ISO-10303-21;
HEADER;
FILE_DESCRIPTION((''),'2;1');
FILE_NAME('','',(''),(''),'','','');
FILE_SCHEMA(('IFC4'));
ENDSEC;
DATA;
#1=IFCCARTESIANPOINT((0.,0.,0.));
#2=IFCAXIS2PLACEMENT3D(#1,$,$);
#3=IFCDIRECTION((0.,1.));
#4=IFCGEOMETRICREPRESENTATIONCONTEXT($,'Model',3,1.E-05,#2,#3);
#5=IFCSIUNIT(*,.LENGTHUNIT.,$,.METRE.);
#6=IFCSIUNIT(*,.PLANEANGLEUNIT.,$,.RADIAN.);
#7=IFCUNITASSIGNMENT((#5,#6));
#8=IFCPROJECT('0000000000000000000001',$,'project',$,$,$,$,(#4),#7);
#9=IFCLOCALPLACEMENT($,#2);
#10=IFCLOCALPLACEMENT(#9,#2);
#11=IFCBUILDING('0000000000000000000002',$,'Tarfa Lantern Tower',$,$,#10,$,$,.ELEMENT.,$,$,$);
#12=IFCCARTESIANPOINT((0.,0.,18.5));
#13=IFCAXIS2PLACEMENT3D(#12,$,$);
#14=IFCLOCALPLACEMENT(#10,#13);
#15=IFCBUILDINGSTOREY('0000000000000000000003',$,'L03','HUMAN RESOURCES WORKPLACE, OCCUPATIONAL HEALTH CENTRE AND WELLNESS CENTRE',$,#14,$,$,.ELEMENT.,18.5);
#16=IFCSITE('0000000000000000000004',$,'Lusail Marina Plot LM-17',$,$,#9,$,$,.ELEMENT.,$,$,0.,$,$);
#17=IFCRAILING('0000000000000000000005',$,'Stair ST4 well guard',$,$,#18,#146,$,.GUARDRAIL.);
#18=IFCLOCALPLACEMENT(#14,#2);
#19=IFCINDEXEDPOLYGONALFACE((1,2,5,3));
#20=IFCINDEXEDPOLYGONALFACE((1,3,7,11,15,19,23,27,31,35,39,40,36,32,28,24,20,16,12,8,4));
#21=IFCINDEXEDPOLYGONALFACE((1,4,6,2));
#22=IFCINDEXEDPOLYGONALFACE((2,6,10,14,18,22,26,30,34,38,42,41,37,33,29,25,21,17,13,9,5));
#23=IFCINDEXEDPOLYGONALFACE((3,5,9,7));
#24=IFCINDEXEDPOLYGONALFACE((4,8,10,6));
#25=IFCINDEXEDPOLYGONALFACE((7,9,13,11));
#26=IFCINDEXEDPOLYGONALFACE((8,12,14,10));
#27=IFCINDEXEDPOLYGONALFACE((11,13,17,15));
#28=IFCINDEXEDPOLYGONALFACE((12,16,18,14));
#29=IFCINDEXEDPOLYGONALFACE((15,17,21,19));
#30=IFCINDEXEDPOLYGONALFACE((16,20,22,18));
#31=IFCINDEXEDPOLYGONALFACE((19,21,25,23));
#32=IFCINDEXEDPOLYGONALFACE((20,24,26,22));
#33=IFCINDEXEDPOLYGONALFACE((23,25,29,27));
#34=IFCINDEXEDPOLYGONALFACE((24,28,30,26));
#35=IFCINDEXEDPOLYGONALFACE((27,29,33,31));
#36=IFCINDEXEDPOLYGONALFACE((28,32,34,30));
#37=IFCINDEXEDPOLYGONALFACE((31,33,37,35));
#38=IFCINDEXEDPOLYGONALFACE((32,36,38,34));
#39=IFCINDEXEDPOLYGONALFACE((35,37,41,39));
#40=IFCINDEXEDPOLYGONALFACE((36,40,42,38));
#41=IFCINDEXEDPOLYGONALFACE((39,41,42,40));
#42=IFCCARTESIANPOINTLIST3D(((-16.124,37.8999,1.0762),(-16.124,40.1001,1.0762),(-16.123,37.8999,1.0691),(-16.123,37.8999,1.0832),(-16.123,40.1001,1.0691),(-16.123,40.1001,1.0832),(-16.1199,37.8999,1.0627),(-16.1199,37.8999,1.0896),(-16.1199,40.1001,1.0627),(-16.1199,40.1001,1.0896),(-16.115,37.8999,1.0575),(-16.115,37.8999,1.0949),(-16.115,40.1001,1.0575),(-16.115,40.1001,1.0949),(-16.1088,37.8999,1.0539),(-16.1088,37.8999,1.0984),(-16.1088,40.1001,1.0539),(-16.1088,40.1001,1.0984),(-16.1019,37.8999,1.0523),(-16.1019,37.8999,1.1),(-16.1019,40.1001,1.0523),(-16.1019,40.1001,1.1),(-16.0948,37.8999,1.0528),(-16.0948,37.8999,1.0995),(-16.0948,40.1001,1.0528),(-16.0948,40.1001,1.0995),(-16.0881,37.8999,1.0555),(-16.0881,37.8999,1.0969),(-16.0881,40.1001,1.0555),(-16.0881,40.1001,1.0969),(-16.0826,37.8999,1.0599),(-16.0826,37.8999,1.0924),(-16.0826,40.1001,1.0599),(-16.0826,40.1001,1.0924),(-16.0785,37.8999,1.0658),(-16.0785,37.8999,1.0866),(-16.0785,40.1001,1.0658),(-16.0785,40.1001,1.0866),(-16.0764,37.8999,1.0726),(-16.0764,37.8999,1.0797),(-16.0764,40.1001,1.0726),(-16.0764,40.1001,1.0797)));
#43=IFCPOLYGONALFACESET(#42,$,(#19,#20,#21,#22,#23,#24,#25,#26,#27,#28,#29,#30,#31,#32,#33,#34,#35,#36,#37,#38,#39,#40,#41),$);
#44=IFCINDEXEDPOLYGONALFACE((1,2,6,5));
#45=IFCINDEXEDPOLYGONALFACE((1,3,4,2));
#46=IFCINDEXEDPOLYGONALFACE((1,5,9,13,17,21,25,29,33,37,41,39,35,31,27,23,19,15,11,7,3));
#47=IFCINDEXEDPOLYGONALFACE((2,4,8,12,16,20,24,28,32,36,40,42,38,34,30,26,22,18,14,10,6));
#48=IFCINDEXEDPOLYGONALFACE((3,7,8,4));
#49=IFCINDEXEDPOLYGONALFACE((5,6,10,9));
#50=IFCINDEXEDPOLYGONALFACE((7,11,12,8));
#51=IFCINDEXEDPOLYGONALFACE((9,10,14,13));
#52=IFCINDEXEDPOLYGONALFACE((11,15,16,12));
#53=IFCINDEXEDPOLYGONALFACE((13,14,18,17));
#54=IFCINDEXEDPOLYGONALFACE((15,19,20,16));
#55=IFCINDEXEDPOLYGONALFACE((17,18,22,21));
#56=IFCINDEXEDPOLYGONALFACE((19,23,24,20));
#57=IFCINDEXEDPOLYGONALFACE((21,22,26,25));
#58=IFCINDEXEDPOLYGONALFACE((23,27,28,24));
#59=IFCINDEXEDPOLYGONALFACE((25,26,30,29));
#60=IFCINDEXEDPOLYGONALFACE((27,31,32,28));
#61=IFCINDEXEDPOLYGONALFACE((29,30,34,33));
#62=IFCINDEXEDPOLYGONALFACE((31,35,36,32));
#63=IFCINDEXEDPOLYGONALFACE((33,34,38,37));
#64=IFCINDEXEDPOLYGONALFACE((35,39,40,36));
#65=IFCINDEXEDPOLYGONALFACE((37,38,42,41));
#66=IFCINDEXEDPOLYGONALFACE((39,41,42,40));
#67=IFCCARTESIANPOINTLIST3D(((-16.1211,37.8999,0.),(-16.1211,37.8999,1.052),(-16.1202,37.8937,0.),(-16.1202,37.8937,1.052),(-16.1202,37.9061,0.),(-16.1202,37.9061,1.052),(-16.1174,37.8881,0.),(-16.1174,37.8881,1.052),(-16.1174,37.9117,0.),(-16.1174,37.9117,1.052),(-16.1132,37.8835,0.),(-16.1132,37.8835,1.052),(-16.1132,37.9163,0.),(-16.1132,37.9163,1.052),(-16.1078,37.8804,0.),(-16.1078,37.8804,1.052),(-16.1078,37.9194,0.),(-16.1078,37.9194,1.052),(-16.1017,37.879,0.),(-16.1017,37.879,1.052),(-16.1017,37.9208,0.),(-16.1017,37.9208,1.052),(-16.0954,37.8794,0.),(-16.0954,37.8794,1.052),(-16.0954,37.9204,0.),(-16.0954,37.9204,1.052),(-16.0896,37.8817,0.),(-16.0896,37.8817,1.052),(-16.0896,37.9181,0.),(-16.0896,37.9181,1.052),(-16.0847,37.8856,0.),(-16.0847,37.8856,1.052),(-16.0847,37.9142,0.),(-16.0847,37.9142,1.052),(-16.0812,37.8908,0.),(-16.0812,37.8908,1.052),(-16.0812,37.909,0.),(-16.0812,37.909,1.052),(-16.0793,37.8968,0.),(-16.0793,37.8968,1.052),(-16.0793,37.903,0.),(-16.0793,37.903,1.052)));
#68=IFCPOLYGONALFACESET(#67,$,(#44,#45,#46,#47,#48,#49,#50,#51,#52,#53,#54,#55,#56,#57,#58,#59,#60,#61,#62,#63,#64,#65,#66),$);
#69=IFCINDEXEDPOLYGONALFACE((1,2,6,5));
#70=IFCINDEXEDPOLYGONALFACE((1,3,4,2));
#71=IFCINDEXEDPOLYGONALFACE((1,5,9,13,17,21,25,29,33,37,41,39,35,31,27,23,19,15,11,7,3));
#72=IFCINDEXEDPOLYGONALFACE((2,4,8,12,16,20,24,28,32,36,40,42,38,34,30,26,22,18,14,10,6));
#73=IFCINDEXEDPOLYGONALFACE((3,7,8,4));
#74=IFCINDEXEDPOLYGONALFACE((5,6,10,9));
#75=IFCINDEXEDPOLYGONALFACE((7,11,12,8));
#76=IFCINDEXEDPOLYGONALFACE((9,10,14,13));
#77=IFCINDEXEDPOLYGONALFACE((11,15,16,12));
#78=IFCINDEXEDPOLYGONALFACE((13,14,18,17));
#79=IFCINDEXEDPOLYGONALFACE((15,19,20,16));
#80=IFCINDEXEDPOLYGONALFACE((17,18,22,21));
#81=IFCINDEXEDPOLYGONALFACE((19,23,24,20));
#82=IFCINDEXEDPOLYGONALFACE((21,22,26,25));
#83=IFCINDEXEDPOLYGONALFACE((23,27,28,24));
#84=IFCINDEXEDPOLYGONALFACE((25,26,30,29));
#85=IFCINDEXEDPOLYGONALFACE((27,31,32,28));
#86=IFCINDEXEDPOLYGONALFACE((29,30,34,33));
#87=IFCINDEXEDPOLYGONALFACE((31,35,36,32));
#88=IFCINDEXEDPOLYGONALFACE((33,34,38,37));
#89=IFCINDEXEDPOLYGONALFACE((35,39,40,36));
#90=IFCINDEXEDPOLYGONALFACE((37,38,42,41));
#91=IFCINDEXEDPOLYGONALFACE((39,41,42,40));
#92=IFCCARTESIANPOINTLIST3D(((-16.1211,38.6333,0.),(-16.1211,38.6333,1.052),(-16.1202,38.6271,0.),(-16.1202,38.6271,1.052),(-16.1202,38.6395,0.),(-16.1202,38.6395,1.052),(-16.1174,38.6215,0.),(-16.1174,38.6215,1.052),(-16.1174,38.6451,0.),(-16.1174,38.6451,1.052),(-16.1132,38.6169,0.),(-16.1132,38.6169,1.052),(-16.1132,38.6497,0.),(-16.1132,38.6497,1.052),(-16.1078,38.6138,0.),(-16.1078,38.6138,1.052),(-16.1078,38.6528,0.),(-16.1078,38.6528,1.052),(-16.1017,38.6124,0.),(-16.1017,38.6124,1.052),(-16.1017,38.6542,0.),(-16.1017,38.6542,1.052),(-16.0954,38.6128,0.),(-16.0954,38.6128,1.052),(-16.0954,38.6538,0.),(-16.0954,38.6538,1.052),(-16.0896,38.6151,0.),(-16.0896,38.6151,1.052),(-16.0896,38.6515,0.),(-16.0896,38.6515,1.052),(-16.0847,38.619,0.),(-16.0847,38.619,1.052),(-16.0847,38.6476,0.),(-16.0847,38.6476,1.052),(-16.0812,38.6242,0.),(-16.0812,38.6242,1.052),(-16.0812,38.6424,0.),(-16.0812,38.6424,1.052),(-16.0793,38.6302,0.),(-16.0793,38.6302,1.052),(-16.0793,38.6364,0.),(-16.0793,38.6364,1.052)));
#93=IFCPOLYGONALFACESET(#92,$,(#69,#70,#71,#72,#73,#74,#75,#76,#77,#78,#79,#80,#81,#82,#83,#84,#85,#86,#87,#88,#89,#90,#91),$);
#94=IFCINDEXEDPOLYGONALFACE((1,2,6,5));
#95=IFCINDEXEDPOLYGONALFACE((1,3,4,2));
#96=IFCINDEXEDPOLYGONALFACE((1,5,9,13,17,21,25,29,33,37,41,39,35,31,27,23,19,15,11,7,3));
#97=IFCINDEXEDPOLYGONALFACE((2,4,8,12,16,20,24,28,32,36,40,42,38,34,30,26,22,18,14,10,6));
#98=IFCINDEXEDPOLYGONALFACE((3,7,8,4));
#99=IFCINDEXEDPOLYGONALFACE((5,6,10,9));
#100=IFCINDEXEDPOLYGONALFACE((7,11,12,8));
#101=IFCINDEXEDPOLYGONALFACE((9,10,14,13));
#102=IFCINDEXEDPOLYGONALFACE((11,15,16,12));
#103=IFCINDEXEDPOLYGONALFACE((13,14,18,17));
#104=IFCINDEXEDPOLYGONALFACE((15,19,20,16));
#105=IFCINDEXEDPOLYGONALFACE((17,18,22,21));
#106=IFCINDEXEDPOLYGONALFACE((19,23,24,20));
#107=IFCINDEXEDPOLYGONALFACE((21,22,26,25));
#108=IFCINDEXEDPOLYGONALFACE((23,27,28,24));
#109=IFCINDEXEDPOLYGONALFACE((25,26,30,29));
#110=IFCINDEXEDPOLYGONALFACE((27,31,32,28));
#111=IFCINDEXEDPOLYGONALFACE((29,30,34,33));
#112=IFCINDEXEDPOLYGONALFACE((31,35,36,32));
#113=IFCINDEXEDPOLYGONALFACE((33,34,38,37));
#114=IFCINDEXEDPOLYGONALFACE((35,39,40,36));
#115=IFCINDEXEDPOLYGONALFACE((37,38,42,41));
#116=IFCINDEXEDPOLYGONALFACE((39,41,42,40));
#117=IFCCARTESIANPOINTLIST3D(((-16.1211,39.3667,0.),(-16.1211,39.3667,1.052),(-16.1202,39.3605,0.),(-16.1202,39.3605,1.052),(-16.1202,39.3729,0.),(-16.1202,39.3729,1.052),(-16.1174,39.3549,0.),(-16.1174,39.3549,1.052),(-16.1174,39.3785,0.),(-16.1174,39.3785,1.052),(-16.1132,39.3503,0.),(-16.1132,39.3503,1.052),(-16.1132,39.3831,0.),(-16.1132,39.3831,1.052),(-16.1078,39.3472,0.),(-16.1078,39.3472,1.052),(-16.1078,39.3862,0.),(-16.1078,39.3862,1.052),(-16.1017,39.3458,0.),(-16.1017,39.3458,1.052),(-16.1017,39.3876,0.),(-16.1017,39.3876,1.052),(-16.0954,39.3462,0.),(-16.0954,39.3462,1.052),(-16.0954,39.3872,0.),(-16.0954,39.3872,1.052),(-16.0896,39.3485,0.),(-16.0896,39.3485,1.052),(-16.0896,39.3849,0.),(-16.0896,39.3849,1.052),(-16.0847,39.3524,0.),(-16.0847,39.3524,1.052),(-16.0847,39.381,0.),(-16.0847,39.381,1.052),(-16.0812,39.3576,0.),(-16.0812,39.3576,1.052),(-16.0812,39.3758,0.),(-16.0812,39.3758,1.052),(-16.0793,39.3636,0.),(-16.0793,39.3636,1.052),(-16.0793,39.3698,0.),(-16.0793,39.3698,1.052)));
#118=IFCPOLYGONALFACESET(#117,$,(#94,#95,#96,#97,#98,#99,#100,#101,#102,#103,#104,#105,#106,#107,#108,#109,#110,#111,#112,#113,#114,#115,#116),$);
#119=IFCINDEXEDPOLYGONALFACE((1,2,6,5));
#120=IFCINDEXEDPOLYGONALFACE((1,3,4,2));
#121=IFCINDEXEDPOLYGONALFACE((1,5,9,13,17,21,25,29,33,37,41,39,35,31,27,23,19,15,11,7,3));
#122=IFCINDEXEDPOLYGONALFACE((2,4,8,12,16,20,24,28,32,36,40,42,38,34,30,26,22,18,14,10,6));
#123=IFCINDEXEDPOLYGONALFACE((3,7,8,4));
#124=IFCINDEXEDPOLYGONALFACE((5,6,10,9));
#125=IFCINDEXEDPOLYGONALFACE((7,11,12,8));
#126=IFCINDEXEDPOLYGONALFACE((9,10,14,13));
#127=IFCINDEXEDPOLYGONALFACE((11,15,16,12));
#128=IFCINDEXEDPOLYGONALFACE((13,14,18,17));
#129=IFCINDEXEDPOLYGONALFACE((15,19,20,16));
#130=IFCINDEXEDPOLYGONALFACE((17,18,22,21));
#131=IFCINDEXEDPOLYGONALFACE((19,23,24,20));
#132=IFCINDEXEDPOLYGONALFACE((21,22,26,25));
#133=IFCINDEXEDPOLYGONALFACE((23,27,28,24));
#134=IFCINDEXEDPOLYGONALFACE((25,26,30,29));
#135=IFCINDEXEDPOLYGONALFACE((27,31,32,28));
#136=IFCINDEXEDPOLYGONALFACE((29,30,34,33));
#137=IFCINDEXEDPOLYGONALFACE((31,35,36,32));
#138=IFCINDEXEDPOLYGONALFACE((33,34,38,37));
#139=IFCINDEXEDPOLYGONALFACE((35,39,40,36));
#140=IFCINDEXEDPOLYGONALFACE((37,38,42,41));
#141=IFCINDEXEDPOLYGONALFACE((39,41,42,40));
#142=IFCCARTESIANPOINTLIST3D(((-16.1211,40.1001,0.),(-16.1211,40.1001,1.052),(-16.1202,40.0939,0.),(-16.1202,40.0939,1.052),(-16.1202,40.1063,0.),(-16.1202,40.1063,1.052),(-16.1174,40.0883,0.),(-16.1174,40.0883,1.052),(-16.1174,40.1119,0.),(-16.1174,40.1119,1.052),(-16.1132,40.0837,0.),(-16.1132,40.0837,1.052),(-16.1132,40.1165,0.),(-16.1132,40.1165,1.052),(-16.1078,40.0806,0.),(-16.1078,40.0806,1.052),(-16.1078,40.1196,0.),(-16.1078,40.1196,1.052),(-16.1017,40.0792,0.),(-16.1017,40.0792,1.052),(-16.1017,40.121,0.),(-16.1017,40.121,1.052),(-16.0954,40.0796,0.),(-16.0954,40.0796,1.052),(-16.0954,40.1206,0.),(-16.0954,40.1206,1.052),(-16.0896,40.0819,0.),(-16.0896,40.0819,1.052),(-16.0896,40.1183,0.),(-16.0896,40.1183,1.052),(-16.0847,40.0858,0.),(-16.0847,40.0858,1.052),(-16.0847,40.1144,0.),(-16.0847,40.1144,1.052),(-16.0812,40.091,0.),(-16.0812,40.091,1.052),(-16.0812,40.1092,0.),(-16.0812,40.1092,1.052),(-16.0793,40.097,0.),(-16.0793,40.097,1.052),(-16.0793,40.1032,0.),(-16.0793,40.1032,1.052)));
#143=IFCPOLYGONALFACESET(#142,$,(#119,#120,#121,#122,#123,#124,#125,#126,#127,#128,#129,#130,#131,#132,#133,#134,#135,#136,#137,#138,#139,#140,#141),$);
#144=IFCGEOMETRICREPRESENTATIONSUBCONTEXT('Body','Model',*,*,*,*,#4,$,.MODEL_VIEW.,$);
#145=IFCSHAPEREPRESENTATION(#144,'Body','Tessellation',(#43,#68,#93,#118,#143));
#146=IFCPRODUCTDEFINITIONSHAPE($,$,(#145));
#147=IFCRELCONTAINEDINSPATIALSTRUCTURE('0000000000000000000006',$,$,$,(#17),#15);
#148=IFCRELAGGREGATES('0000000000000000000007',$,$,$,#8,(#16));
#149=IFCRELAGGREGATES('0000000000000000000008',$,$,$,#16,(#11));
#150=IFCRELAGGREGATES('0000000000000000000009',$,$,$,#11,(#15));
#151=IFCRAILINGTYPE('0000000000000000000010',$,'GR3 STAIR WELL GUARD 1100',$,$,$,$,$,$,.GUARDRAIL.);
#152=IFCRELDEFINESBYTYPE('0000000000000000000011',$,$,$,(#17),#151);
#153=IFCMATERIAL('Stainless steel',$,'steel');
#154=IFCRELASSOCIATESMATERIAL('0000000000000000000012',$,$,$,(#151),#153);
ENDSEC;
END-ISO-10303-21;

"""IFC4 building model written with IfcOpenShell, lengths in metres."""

from ifc_helpers import new_model, si_unit, direction, frame, origin, origin_2d, place, context, subcontext, project, spatial, circle, extrude, material, type_object, element, save


model = new_model("IFC4")

# Units and contexts
model_context = context("Model", 3, precision=1e-05, world=origin(), true_north=direction((0.0, 1.0)))
body_context = subcontext(model_context, "Body", "Model", "MODEL_VIEW")
ifc_project = project(units=[si_unit("LENGTHUNIT", "METRE"), si_unit("PLANEANGLEUNIT", "RADIAN")], contexts=[model_context])

# Site, building, storey
site_placement = place(None, origin())
site = spatial("IfcSite", under=ifc_project, at=site_placement, Name="Lusail Marina Plot LM-17", CompositionType="ELEMENT", RefElevation=0.0)
building_placement = place(site_placement, origin())
building = spatial("IfcBuilding", under=site, at=building_placement, Name="Tarfa Lantern Tower", CompositionType="ELEMENT")
storey_placement = place(building_placement, frame((0.0, 0.0, 18.5)))
storey = spatial("IfcBuildingStorey", under=building, at=storey_placement, Name="L03", Description="HUMAN RESOURCES WORKPLACE, OCCUPATIONAL HEALTH CENTRE AND WELLNESS CENTRE", CompositionType="ELEMENT", Elevation=18.5)

# Railing
ifc_material_1 = material(Name="Stainless steel", Category="steel")
railing_type = type_object("IfcRailingType", Name="GR3 STAIR WELL GUARD 1100", PredefinedType="GUARDRAIL", material=ifc_material_1)
railing_placement = place(storey_placement, frame((-16.1001, 37.8999, 0.0)))
element("IfcRailing", 1, at=railing_placement, inside=storey, type_object=railing_type, Name="Stair ST4 well guard", PredefinedType="GUARDRAIL", context=body_context, shape_type="SweptSolid", body=[
    extrude(circle(Radius=0.0239, at=origin_2d()), frame((0.0, 0.0, 1.0762), z_axis=(0.0, 1.0, 0.0), x_axis=(-1.0, 0.0, 0.0)), (0.0, 0.0, 1.0), 2.2002),
    extrude(circle(Radius=0.021, at=origin_2d()), frame((0.0, 0.0, 0.0), z_axis=(0.0, 0.0, 1.0), x_axis=(-1.0, 0.0, 0.0)), (0.0, 0.0, 1.0), 1.052),
    extrude(circle(Radius=0.021, at=origin_2d()), frame((0.0, 0.7334, 0.0), z_axis=(0.0, 0.0, 1.0), x_axis=(-1.0, 0.0, 0.0)), (0.0, 0.0, 1.0), 1.052),
    extrude(circle(Radius=0.021, at=origin_2d()), frame((0.0, 1.4668, 0.0), z_axis=(0.0, 0.0, 1.0), x_axis=(-1.0, 0.0, 0.0)), (0.0, 0.0, 1.0), 1.052),
    extrude(circle(Radius=0.021, at=origin_2d()), frame((0.0, 2.2002, 0.0), z_axis=(0.0, 0.0, 1.0), x_axis=(-1.0, 0.0, 0.0)), (0.0, 0.0, 1.0), 1.052),
])

save(model, "model.ifc")
